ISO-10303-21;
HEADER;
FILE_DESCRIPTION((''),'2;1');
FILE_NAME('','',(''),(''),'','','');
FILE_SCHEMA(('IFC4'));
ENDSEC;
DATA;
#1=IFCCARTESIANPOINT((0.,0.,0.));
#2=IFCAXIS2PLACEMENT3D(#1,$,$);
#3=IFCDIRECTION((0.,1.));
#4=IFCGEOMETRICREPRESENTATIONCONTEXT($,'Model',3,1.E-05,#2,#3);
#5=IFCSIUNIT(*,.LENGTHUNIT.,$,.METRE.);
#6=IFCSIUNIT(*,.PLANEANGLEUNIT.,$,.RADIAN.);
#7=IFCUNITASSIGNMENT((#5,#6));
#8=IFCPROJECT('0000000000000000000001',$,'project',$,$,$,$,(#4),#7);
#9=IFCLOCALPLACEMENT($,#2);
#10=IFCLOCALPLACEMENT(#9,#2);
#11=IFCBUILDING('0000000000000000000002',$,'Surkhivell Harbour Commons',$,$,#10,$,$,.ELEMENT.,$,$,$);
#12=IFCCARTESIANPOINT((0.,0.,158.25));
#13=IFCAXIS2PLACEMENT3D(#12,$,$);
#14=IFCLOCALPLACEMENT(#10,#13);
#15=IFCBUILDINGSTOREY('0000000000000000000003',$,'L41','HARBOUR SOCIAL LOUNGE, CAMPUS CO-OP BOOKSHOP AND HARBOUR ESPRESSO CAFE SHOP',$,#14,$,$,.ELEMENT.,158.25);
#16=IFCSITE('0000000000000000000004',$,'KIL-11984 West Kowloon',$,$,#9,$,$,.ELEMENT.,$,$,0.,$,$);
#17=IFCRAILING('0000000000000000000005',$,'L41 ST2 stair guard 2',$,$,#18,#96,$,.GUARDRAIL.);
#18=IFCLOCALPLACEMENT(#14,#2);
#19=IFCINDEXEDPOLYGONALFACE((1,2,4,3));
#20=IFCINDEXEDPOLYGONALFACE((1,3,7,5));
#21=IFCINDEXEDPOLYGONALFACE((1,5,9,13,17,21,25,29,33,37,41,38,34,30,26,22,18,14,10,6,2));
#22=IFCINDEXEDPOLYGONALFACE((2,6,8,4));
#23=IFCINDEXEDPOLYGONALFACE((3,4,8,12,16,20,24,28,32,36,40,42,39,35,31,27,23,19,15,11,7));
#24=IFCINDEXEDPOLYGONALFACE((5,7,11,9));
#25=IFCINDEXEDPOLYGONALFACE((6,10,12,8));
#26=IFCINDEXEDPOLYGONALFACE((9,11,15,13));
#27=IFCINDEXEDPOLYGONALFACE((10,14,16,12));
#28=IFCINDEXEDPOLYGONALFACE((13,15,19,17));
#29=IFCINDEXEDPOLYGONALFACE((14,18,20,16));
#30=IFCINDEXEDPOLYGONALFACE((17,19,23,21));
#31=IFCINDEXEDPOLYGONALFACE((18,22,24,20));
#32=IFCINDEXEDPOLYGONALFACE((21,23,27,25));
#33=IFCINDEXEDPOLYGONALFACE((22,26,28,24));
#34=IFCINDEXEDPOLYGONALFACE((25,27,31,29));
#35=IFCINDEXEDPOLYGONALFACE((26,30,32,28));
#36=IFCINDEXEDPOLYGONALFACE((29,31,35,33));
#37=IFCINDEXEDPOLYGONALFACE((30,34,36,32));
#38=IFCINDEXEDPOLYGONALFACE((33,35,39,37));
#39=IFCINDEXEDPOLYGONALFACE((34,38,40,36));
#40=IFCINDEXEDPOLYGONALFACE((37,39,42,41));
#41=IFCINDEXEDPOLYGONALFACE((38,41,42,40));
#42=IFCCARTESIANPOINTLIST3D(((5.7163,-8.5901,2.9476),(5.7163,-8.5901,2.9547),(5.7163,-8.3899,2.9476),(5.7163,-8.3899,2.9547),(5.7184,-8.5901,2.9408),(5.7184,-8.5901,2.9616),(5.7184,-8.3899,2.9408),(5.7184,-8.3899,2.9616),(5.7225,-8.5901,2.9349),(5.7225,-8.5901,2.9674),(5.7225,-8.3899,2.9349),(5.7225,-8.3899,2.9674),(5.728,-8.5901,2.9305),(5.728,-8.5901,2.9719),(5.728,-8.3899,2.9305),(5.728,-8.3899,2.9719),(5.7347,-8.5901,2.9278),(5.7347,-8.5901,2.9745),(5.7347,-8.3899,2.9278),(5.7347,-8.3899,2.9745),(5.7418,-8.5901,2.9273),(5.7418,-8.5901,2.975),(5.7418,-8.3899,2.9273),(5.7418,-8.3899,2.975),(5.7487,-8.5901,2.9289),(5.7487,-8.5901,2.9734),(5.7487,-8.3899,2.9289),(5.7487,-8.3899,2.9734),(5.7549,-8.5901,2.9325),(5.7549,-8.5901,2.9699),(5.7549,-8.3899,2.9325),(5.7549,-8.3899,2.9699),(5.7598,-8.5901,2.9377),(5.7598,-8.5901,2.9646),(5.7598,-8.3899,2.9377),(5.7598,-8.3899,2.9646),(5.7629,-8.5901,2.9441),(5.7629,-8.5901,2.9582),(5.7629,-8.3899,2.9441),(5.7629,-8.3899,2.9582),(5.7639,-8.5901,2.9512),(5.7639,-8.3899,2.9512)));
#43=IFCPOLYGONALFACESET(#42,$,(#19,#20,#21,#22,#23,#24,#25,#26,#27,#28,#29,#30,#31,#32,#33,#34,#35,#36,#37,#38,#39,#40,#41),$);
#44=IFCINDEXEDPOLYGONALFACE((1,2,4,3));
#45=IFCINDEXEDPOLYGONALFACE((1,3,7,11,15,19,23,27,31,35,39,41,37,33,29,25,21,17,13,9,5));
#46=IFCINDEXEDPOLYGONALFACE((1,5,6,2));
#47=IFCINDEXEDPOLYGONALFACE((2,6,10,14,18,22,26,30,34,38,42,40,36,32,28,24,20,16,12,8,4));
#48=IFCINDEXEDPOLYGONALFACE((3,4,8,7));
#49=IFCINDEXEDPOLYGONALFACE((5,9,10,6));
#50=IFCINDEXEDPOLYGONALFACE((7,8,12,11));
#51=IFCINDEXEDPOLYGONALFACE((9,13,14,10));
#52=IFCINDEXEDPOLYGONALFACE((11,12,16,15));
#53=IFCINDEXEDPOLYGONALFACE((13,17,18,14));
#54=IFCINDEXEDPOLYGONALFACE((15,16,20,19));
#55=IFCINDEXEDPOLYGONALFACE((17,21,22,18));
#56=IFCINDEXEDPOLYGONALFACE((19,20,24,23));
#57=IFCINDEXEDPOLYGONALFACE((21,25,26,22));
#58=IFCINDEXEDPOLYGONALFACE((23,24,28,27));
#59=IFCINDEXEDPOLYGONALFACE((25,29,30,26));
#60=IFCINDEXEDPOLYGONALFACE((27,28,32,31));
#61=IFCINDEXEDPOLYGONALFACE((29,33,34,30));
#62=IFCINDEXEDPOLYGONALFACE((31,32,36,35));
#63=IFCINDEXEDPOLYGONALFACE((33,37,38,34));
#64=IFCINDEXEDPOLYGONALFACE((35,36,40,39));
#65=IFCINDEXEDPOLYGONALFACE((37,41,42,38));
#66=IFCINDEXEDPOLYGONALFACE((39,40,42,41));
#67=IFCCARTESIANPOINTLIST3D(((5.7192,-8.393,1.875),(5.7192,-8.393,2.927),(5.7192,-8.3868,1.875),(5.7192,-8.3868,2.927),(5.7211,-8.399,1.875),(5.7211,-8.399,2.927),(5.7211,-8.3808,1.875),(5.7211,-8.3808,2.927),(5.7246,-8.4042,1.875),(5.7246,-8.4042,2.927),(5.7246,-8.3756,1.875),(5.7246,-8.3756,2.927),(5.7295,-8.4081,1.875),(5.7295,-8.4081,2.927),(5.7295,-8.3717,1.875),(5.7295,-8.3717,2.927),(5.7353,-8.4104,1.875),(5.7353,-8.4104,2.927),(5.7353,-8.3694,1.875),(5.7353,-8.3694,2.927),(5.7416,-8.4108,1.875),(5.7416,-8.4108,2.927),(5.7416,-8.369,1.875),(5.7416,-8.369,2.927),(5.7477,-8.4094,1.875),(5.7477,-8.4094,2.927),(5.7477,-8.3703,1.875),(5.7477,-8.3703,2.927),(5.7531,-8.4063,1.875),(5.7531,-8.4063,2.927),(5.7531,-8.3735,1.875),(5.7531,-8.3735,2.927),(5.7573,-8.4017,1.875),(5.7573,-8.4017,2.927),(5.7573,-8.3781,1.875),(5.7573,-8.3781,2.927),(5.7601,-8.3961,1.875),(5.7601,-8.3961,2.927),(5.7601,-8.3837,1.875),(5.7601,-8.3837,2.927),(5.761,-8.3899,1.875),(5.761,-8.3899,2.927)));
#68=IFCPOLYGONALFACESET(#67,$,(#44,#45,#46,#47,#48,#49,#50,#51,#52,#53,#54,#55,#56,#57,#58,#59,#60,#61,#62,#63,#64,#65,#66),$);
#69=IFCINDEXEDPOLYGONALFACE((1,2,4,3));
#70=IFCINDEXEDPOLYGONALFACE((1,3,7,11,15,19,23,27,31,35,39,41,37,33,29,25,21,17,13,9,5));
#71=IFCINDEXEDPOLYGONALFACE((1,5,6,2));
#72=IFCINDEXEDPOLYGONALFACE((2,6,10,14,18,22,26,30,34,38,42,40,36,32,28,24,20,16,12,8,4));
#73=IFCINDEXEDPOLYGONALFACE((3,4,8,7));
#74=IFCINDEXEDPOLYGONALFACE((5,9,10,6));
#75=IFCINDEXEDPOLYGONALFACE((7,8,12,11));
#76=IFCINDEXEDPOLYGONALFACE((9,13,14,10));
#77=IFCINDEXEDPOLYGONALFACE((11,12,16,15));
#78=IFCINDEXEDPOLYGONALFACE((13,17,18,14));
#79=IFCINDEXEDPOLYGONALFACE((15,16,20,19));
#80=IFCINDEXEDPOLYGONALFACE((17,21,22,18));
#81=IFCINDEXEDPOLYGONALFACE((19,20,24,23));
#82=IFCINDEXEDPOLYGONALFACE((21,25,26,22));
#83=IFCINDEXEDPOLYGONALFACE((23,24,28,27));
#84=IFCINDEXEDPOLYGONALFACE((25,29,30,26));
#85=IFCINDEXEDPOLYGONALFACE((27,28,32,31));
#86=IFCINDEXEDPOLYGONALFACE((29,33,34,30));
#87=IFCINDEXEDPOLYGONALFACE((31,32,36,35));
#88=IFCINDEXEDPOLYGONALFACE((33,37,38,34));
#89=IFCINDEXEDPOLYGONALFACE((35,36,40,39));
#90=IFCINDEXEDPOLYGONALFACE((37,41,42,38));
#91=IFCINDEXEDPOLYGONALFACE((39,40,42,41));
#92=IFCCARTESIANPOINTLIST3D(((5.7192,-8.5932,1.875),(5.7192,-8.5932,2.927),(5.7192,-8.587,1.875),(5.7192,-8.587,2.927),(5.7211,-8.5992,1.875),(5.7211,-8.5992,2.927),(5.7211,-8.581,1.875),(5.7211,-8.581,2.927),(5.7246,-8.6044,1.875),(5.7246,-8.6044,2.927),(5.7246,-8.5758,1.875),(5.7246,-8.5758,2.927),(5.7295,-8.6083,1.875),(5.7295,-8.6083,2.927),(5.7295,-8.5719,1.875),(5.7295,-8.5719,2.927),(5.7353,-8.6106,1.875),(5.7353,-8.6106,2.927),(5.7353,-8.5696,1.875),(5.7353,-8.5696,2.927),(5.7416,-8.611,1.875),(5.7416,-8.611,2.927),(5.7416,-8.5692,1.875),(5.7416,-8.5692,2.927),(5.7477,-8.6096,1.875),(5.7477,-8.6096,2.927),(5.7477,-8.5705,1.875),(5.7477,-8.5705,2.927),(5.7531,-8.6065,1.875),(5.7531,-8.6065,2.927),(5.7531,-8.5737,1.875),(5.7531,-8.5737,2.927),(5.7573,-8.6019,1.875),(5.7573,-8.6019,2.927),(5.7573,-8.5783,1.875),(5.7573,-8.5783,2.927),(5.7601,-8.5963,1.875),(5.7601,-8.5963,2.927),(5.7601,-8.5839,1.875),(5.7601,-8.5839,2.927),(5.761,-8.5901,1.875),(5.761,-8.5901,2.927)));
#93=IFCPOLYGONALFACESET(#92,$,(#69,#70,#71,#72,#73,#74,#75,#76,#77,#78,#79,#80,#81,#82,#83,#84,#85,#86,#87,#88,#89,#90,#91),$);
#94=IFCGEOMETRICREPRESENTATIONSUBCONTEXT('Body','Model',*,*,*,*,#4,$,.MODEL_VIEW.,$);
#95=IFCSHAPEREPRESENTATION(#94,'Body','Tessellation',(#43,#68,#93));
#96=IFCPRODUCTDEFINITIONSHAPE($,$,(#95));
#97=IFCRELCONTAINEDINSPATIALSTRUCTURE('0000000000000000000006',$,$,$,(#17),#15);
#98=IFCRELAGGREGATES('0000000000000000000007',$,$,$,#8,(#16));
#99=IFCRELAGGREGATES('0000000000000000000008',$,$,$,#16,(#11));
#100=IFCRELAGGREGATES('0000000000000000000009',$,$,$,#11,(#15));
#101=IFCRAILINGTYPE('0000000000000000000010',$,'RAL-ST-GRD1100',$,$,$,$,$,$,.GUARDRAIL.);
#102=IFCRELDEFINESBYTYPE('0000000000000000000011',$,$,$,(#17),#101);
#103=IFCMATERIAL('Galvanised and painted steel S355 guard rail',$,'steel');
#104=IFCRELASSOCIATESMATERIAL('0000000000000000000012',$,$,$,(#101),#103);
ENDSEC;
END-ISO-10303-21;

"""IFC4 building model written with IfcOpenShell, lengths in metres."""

from ifc_helpers import new_model, si_unit, direction, frame, origin, origin_2d, place, context, subcontext, project, spatial, circle, extrude, material, type_object, element, save


model = new_model("IFC4")

# Units and contexts
model_context = context("Model", 3, precision=1e-05, world=origin(), true_north=direction((0.0, 1.0)))
body_context = subcontext(model_context, "Body", "Model", "MODEL_VIEW")
ifc_project = project(units=[si_unit("LENGTHUNIT", "METRE"), si_unit("PLANEANGLEUNIT", "RADIAN")], contexts=[model_context])

# Site, building, storey
site_placement = place(None, origin())
site = spatial("IfcSite", under=ifc_project, at=site_placement, Name="KIL-11984 West Kowloon", CompositionType="ELEMENT", RefElevation=0.0)
building_placement = place(site_placement, origin())
building = spatial("IfcBuilding", under=site, at=building_placement, Name="Surkhivell Harbour Commons", CompositionType="ELEMENT")
storey_placement = place(building_placement, frame((0.0, 0.0, 158.25)))
storey = spatial("IfcBuildingStorey", under=building, at=storey_placement, Name="L41", Description="HARBOUR SOCIAL LOUNGE, CAMPUS CO-OP BOOKSHOP AND HARBOUR ESPRESSO CAFE SHOP", CompositionType="ELEMENT", Elevation=158.25)

# Railing
ifc_material_1 = material(Name="Galvanised and painted steel S355 guard rail", Category="steel")
railing_type_1 = type_object("IfcRailingType", Name="RAL-ST-GRD1100", PredefinedType="GUARDRAIL", material=ifc_material_1)
railing_1_placement = place(storey_placement, frame((5.74, -8.3899, 1.875)))
element("IfcRailing", 1, at=railing_1_placement, inside=storey, type_object=railing_type_1, Name="L41 ST2 stair guard 2", PredefinedType="GUARDRAIL", context=body_context, shape_type="SweptSolid", body=[
    extrude(circle(Radius=0.0239, at=origin_2d()), frame((0.0, 0.0, 1.0762), z_axis=(0.0, -1.0, 0.0), x_axis=(1.0, 0.0, 0.0)), (0.0, 0.0, 1.0), 0.2002),
    extrude(circle(Radius=0.021, at=origin_2d()), origin(), (0.0, 0.0, 1.0), 1.052),
    extrude(circle(Radius=0.021, at=origin_2d()), frame((0.0, -0.2002, 0.0)), (0.0, 0.0, 1.0), 1.052),
])

save(model, "model.ifc")
